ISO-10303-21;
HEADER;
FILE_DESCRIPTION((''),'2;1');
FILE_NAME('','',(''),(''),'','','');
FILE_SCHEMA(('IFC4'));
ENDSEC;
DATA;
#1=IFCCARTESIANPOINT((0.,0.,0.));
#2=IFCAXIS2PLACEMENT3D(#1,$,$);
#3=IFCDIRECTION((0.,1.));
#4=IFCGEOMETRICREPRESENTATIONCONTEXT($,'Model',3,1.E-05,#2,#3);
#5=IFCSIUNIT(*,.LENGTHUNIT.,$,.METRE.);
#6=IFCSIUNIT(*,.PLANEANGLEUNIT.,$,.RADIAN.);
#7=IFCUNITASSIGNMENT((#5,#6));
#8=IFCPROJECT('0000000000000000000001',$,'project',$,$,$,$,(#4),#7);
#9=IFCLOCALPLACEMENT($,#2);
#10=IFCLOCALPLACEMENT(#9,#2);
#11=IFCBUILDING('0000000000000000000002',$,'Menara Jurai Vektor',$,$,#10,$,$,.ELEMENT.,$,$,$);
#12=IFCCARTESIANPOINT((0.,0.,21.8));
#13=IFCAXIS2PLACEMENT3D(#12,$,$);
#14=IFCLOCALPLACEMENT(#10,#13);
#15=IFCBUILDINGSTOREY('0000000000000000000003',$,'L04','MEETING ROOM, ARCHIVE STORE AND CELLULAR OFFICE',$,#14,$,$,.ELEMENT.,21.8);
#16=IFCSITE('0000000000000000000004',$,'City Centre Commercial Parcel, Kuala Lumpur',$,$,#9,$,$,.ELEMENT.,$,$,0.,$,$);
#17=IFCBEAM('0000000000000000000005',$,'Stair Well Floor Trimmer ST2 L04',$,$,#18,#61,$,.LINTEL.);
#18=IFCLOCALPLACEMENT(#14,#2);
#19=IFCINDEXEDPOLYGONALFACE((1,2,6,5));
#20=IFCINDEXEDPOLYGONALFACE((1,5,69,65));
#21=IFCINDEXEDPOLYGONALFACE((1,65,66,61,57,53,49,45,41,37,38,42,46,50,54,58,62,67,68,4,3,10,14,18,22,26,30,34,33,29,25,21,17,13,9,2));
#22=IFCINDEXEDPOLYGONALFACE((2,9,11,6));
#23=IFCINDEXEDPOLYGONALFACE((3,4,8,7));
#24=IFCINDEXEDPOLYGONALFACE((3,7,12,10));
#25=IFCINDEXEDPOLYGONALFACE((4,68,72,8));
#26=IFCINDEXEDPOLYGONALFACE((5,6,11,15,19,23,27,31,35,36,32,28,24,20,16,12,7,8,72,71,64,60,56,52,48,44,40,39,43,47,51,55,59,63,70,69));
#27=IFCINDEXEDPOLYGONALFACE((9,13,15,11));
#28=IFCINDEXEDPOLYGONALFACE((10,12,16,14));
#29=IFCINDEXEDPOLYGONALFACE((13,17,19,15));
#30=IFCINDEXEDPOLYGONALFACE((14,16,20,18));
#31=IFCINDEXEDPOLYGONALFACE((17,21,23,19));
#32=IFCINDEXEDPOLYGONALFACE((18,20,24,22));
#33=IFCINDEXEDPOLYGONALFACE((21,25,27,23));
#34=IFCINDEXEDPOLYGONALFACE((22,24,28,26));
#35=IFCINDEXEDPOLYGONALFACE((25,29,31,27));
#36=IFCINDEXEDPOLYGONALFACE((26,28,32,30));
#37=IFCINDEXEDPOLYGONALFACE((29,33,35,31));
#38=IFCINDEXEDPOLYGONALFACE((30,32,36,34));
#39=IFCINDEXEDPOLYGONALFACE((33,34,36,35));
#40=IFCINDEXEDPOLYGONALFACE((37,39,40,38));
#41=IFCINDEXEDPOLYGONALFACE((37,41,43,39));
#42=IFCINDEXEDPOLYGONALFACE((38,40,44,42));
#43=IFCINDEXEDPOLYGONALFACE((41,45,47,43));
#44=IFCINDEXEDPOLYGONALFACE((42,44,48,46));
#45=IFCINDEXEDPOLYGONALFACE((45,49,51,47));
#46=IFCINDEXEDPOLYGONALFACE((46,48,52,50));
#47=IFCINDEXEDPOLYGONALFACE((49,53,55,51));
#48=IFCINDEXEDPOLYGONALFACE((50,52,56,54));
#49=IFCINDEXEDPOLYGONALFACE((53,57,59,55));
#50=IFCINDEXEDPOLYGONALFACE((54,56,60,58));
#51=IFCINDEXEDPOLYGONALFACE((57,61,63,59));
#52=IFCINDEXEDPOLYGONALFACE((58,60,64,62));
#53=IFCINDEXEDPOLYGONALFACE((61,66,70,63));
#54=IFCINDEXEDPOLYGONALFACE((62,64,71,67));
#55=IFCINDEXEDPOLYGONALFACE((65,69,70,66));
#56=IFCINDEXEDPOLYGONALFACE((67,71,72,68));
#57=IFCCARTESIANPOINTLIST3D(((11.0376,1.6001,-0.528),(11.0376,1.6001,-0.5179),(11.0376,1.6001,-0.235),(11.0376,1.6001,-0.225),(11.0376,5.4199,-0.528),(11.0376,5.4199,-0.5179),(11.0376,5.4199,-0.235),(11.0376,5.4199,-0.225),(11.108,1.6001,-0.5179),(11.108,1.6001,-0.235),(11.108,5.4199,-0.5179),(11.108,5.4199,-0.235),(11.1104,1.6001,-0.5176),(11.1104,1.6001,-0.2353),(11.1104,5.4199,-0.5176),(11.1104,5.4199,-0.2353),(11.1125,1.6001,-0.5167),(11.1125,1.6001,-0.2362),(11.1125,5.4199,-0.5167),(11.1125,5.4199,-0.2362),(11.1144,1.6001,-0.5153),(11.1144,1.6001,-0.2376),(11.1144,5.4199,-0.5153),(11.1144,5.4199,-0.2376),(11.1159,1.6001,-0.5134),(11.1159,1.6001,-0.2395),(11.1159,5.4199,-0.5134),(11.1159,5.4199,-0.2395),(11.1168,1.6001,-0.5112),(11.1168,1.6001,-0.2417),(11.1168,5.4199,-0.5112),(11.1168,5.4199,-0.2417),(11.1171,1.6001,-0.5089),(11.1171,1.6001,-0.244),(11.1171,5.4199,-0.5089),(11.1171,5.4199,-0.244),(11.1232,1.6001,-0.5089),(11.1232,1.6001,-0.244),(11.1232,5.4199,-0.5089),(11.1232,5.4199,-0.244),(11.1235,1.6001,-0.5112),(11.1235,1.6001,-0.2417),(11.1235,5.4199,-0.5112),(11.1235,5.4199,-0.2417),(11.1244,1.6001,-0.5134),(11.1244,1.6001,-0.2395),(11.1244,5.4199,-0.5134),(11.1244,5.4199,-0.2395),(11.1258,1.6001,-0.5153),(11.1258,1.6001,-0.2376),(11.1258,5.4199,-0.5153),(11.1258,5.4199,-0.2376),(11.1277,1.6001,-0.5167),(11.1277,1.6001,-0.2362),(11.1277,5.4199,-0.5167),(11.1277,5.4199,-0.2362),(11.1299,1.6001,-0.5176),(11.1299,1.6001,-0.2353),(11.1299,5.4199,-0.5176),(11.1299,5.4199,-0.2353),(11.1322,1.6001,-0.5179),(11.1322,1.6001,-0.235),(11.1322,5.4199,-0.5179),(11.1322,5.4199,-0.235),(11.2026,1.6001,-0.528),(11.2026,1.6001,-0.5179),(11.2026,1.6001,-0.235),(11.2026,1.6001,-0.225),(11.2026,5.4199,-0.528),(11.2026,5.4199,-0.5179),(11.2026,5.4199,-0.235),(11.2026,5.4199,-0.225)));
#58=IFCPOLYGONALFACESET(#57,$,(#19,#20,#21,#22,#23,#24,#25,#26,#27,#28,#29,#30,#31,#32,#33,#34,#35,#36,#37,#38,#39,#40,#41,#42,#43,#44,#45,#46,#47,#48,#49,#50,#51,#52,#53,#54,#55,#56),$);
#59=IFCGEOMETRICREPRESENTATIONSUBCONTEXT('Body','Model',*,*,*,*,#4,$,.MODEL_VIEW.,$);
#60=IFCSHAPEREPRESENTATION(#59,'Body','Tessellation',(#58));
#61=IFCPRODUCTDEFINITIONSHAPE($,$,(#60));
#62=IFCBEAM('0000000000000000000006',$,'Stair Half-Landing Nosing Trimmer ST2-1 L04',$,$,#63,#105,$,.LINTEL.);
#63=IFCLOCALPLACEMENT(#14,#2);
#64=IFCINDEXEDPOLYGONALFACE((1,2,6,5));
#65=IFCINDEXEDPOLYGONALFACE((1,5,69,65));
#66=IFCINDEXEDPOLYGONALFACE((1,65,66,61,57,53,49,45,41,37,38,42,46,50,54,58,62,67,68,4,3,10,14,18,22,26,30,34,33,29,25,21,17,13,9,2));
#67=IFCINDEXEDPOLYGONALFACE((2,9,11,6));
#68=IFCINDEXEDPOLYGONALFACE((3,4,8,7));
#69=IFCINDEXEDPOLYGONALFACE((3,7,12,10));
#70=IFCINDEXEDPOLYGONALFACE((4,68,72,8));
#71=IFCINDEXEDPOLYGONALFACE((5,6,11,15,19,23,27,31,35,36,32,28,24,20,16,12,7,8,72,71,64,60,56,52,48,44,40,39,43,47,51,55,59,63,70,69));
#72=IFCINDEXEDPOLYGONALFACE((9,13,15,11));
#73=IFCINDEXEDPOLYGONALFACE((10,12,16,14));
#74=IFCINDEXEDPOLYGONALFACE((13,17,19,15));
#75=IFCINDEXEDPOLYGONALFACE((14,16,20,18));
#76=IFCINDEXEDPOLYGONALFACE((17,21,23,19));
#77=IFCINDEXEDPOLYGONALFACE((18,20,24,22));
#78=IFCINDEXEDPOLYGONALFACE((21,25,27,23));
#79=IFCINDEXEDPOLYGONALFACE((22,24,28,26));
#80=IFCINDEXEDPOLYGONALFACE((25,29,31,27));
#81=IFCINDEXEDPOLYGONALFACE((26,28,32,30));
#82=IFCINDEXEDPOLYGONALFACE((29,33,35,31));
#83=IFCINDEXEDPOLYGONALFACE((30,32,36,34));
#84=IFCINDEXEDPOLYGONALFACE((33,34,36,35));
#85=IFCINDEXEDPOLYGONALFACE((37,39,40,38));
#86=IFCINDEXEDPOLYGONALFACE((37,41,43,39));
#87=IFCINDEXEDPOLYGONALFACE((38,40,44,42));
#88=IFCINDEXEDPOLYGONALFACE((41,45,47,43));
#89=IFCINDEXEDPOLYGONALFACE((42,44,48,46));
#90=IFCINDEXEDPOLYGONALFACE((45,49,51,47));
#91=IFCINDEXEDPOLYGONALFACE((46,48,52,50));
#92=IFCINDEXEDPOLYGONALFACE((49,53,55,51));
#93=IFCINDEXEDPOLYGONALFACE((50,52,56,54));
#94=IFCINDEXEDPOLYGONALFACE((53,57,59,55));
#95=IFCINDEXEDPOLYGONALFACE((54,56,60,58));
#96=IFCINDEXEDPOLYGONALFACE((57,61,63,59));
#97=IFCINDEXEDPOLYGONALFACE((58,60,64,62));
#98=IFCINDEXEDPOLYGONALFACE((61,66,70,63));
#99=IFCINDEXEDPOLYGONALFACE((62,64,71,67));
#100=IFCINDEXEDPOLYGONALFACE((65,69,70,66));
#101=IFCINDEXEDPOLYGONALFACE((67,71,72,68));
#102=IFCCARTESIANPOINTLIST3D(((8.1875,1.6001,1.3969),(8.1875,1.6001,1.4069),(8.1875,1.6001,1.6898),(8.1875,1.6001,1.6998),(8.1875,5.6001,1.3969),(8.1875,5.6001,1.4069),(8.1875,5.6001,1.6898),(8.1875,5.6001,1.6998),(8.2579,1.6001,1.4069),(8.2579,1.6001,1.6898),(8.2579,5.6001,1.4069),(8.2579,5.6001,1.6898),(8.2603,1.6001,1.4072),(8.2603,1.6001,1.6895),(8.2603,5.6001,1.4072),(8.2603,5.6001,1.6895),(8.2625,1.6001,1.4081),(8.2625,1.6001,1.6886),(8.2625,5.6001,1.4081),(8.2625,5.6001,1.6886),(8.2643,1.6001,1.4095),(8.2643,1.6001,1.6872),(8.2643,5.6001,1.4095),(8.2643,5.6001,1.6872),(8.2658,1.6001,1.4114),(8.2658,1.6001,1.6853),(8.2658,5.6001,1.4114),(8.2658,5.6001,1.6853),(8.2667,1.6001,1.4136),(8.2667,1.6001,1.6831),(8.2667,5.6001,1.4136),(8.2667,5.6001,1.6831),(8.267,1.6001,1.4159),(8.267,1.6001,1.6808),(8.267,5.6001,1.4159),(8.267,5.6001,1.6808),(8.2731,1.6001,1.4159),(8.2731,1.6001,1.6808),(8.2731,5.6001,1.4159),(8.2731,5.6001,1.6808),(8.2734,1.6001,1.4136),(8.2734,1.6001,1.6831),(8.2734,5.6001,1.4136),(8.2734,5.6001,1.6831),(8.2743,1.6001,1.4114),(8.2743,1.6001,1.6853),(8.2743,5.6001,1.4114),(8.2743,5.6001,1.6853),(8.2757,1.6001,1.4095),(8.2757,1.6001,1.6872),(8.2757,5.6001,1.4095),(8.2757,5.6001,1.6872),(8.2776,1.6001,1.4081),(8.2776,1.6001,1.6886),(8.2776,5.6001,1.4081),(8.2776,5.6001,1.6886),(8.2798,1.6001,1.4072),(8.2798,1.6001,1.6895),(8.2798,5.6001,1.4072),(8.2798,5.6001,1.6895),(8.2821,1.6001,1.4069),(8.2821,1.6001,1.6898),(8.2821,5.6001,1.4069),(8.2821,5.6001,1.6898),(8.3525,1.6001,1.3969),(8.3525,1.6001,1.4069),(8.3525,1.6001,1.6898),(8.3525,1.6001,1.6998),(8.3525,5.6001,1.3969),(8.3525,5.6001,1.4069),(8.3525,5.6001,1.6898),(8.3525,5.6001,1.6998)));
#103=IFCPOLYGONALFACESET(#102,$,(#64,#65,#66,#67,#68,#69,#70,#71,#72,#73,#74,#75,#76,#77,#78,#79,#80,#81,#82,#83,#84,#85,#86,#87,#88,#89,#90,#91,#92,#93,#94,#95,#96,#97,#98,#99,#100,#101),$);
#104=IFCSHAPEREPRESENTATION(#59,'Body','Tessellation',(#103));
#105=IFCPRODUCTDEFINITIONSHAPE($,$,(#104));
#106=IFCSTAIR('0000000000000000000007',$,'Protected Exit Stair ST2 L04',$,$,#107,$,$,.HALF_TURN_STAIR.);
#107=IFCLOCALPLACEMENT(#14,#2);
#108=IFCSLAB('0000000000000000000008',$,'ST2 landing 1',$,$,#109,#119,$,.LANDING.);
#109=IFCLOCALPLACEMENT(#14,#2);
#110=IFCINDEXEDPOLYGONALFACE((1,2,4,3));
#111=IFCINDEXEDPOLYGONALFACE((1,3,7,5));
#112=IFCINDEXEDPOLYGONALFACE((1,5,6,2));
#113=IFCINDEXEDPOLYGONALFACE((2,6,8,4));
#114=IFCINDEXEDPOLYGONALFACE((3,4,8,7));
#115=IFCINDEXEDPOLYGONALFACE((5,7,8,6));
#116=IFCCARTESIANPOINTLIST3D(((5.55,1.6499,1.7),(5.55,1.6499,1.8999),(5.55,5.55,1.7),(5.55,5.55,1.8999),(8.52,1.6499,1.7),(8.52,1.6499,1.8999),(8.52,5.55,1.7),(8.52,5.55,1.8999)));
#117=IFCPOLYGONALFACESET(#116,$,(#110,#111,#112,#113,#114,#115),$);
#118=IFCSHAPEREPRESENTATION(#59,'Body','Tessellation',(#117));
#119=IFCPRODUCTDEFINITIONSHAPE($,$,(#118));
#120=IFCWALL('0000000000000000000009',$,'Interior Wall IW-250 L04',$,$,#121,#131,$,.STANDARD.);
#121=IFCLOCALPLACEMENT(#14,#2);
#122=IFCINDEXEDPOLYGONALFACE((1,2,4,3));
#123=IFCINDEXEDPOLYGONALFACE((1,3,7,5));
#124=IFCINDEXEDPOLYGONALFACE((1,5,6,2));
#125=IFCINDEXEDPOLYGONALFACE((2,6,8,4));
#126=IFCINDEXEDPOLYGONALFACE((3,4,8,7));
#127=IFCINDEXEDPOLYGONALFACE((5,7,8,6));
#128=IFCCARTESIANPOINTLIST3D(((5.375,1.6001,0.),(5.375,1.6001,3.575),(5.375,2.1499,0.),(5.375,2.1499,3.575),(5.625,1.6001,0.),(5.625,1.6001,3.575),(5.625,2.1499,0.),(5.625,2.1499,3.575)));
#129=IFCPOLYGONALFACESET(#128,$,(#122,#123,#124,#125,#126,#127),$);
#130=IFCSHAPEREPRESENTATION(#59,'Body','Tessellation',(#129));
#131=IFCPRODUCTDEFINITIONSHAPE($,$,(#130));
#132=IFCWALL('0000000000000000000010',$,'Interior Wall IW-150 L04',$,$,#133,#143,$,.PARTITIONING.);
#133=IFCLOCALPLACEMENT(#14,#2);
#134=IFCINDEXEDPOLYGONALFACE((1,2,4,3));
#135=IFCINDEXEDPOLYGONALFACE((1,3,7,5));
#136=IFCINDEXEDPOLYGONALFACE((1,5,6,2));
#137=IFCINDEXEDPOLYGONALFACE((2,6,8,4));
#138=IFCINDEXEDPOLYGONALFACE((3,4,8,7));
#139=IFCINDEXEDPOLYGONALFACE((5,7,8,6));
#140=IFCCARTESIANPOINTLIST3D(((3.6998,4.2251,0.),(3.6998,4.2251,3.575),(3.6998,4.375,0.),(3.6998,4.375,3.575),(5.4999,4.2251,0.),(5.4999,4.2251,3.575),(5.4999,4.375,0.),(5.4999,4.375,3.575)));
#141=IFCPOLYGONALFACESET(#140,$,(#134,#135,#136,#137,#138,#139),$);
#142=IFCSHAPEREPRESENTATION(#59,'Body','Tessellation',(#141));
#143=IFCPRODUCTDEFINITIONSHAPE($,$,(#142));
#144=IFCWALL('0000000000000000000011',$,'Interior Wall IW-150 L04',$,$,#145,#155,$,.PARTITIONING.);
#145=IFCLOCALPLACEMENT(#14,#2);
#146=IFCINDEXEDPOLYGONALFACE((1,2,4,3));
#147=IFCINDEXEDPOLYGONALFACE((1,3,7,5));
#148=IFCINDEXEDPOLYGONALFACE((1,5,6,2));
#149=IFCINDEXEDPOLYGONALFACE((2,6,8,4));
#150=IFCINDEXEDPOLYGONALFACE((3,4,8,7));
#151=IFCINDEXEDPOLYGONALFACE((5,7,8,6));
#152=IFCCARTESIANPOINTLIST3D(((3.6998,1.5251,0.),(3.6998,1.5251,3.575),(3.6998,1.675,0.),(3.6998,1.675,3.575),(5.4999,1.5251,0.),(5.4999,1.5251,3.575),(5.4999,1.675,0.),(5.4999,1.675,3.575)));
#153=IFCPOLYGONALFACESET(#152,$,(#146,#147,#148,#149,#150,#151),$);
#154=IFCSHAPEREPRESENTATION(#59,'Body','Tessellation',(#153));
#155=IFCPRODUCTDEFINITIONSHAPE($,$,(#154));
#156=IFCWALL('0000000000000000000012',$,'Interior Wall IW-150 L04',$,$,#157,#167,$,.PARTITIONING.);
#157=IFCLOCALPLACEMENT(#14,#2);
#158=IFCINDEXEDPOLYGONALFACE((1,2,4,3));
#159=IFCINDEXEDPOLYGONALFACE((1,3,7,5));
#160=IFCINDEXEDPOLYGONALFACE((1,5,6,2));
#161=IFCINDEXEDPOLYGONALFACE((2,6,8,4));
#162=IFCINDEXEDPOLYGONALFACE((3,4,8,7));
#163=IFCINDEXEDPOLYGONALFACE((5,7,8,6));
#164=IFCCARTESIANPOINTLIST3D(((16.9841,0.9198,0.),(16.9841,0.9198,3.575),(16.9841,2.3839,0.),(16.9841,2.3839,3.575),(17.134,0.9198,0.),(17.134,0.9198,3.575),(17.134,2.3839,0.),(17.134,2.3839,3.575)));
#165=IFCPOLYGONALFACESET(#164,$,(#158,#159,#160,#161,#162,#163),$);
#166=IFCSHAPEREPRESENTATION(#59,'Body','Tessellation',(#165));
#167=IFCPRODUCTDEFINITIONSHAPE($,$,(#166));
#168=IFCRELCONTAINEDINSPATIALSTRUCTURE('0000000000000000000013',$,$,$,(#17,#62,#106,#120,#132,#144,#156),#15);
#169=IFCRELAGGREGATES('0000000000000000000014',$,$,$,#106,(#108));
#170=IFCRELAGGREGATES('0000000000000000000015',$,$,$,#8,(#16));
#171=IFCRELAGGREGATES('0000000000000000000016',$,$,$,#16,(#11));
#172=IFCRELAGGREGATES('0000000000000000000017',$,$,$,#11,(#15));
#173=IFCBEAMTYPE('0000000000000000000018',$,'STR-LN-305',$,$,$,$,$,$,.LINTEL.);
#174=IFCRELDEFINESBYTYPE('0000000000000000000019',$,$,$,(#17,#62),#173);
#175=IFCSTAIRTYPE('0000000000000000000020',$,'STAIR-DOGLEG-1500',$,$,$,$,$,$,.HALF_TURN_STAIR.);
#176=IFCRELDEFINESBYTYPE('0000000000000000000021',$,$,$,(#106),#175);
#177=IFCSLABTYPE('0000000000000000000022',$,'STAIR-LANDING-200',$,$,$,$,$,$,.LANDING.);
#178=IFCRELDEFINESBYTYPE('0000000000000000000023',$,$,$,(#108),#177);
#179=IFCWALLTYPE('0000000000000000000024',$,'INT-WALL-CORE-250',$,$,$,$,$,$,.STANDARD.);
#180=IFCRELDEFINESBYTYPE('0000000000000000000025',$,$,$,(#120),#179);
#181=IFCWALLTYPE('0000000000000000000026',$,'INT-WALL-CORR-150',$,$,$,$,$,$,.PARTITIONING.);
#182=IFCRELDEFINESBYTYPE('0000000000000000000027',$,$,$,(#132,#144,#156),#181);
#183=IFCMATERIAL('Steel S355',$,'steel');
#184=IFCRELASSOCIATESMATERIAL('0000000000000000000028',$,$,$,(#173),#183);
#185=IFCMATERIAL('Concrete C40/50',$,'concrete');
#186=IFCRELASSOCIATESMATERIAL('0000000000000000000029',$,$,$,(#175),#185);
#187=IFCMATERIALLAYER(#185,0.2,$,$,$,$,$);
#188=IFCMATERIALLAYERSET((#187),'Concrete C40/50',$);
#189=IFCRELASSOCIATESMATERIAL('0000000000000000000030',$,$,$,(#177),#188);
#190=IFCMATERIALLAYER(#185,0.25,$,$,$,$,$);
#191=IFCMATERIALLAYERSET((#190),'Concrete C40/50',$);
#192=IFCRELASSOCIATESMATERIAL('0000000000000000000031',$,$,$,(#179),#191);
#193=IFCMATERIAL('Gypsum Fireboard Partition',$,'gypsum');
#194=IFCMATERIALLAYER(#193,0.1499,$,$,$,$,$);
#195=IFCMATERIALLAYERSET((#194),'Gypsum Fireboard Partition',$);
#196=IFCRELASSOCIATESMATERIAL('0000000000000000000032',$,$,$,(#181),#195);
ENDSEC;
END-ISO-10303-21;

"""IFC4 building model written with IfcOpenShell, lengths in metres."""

from ifc_helpers import new_model, si_unit, direction, frame, frame_2d, origin, origin_2d, place, context, subcontext, project, spatial, polyline, rectangle, i_section, outline, extrude, material, layer, layer_set, material_profile, profile_set, type_object, element, aggregate, save


model = new_model("IFC4")

# Units and contexts
model_context = context("Model", 3, precision=1e-05, world=origin(), true_north=direction((0.0, 1.0)))
body_context = subcontext(model_context, "Body", "Model", "MODEL_VIEW")
ifc_project = project(units=[si_unit("LENGTHUNIT", "METRE"), si_unit("PLANEANGLEUNIT", "RADIAN")], contexts=[model_context])

# Site, building, storey
site_placement = place(None, origin())
site = spatial("IfcSite", under=ifc_project, at=site_placement, Name="City Centre Commercial Parcel, Kuala Lumpur", CompositionType="ELEMENT", RefElevation=0.0)
building_placement = place(site_placement, origin())
building = spatial("IfcBuilding", under=site, at=building_placement, Name="Menara Jurai Vektor", CompositionType="ELEMENT")
storey_placement = place(building_placement, frame((0.0, 0.0, 21.8)))
storey = spatial("IfcBuildingStorey", under=building, at=storey_placement, Name="L04", Description="MEETING ROOM, ARCHIVE STORE AND CELLULAR OFFICE", CompositionType="ELEMENT", Elevation=21.8)

# Shared definitions
ifc_material_1 = material(Name="Steel S355", Category="steel")

# Beams
ifc_material_profile_1 = material_profile(ifc_material_1, i_section(OverallWidth=0.165, OverallDepth=0.303, WebThickness=0.0061, FlangeThickness=0.01, FilletRadius=0.009, at=origin_2d()), Name="UKB 305x165x40")
ifc_profile_set_1 = profile_set([ifc_material_profile_1], Name="Steel S355")
beam_type_1 = type_object("IfcBeamType", Name="STR-LN-305", PredefinedType="LINTEL", material=ifc_profile_set_1)
beam_1_placement = place(storey_placement, frame((11.1201, 1.6001, -0.3765), z_axis=(0.0, 1.0, 0.0), x_axis=(-1.0, 0.0, 0.0)))
element("IfcBeam", 1, at=beam_1_placement, inside=storey, type_object=beam_type_1, Name="Stair Well Floor Trimmer ST2 L04", PredefinedType="LINTEL", context=body_context, shape_type="SweptSolid", body=[
    extrude(i_section(OverallWidth=0.165, OverallDepth=0.303, WebThickness=0.0061, FlangeThickness=0.01, FilletRadius=0.009, at=origin_2d()), origin(), (0.0, 0.0, 1.0), 3.8198),
])
beam_2_placement = place(storey_placement, frame((8.27, 1.6001, 1.5483), z_axis=(0.0, 1.0, 0.0), x_axis=(-1.0, 0.0, 0.0)))
element("IfcBeam", 2, at=beam_2_placement, inside=storey, type_object=beam_type_1, Name="Stair Half-Landing Nosing Trimmer ST2-1 L04", PredefinedType="LINTEL", context=body_context, shape_type="SweptSolid", body=[
    extrude(i_section(OverallWidth=0.165, OverallDepth=0.303, WebThickness=0.0061, FlangeThickness=0.01, FilletRadius=0.009, at=origin_2d()), origin(), (0.0, 0.0, 1.0), 4.0),
])

# Stair, slab
ifc_material_2 = material(Name="Concrete C40/50", Category="concrete")
stair_type = type_object("IfcStairType", Name="STAIR-DOGLEG-1500", PredefinedType="HALF_TURN_STAIR", material=ifc_material_2)
stair_placement = place(storey_placement, origin())
stair = element("IfcStair", 3, at=stair_placement, inside=storey, type_object=stair_type, Name="Protected Exit Stair ST2 L04", PredefinedType="HALF_TURN_STAIR")
ifc_layer_1 = layer(ifc_material_2, 0.2)
ifc_layer_set_1 = layer_set([ifc_layer_1], Name="Concrete C40/50")
slab_type = type_object("IfcSlabType", Name="STAIR-LANDING-200", PredefinedType="LANDING", material=ifc_layer_set_1)
slab_placement = place(storey_placement, frame((0.0, 0.0, 1.7)))
slab = element("IfcSlab", 4, at=slab_placement, type_object=slab_type, Name="ST2 landing 1", PredefinedType="LANDING", context=body_context, shape_type="SweptSolid", body=[
    extrude(outline(polyline([(5.55, 1.6499), (8.52, 1.6499), (8.52, 5.55), (5.55, 5.55), (5.55, 1.6499)])), origin(), (0.0, 0.0, 1.0), 0.2),
])

# Shared definitions
ifc_layer_2 = layer(ifc_material_2, 0.25)
ifc_layer_set_2 = layer_set([ifc_layer_2], Name="Concrete C40/50")
wall_type_1 = type_object("IfcWallType", Name="INT-WALL-CORE-250", PredefinedType="STANDARD", material=ifc_layer_set_2)

# Walls
wall_1_placement = place(storey_placement, frame((5.5, 1.6001, 0.0), z_axis=(0.0, 0.0, 1.0), x_axis=(0.0, 1.0, 0.0)))
element("IfcWall", 5, at=wall_1_placement, inside=storey, type_object=wall_type_1, Name="Interior Wall IW-250 L04", PredefinedType="STANDARD", context=body_context, shape_type="SweptSolid", body=[
    extrude(rectangle(XDim=0.5498, YDim=0.25, at=frame_2d((0.2749, 0.0))), origin(), (0.0, 0.0, 1.0), 3.575),
])
ifc_material_3 = material(Name="Gypsum Fireboard Partition", Category="gypsum")
ifc_layer_3 = layer(ifc_material_3, 0.1499)
ifc_layer_set_3 = layer_set([ifc_layer_3], Name="Gypsum Fireboard Partition")
wall_type_2 = type_object("IfcWallType", Name="INT-WALL-CORR-150", PredefinedType="PARTITIONING", material=ifc_layer_set_3)
for number, where, z_axis, x_axis, name in (
    (6, (3.7, 4.3, 0.0), (0.0, 0.0, 1.0), (1.0, 0.0, 0.0), "Interior Wall IW-150 L04"),
    (7, (3.7, 1.6001, 0.0), (0.0, 0.0, 1.0), (1.0, 0.0, 0.0), "Interior Wall IW-150 L04"),
):
    element("IfcWall", number, at=place(storey_placement, frame(where, z_axis=z_axis, x_axis=x_axis)), inside=storey, type_object=wall_type_2, Name=name, PredefinedType="PARTITIONING", context=body_context, shape_type="SweptSolid", body=[
        extrude(rectangle(XDim=1.8, YDim=0.1499, at=frame_2d((0.8999, 0.0))), origin(), (0.0, 0.0, 1.0), 3.575),
    ])
wall_2_placement = place(storey_placement, frame((17.0591, 0.9199, 0.0), z_axis=(0.0, 0.0, 1.0), x_axis=(0.0, 1.0, 0.0)))
element("IfcWall", 8, at=wall_2_placement, inside=storey, type_object=wall_type_2, Name="Interior Wall IW-150 L04", PredefinedType="PARTITIONING", context=body_context, shape_type="SweptSolid", body=[
    extrude(rectangle(XDim=1.4641, YDim=0.1499, at=frame_2d((0.7319, 0.0))), origin(), (0.0, 0.0, 1.0), 3.575),
])

aggregate(stair, [slab])

save(model, "model.ifc")
